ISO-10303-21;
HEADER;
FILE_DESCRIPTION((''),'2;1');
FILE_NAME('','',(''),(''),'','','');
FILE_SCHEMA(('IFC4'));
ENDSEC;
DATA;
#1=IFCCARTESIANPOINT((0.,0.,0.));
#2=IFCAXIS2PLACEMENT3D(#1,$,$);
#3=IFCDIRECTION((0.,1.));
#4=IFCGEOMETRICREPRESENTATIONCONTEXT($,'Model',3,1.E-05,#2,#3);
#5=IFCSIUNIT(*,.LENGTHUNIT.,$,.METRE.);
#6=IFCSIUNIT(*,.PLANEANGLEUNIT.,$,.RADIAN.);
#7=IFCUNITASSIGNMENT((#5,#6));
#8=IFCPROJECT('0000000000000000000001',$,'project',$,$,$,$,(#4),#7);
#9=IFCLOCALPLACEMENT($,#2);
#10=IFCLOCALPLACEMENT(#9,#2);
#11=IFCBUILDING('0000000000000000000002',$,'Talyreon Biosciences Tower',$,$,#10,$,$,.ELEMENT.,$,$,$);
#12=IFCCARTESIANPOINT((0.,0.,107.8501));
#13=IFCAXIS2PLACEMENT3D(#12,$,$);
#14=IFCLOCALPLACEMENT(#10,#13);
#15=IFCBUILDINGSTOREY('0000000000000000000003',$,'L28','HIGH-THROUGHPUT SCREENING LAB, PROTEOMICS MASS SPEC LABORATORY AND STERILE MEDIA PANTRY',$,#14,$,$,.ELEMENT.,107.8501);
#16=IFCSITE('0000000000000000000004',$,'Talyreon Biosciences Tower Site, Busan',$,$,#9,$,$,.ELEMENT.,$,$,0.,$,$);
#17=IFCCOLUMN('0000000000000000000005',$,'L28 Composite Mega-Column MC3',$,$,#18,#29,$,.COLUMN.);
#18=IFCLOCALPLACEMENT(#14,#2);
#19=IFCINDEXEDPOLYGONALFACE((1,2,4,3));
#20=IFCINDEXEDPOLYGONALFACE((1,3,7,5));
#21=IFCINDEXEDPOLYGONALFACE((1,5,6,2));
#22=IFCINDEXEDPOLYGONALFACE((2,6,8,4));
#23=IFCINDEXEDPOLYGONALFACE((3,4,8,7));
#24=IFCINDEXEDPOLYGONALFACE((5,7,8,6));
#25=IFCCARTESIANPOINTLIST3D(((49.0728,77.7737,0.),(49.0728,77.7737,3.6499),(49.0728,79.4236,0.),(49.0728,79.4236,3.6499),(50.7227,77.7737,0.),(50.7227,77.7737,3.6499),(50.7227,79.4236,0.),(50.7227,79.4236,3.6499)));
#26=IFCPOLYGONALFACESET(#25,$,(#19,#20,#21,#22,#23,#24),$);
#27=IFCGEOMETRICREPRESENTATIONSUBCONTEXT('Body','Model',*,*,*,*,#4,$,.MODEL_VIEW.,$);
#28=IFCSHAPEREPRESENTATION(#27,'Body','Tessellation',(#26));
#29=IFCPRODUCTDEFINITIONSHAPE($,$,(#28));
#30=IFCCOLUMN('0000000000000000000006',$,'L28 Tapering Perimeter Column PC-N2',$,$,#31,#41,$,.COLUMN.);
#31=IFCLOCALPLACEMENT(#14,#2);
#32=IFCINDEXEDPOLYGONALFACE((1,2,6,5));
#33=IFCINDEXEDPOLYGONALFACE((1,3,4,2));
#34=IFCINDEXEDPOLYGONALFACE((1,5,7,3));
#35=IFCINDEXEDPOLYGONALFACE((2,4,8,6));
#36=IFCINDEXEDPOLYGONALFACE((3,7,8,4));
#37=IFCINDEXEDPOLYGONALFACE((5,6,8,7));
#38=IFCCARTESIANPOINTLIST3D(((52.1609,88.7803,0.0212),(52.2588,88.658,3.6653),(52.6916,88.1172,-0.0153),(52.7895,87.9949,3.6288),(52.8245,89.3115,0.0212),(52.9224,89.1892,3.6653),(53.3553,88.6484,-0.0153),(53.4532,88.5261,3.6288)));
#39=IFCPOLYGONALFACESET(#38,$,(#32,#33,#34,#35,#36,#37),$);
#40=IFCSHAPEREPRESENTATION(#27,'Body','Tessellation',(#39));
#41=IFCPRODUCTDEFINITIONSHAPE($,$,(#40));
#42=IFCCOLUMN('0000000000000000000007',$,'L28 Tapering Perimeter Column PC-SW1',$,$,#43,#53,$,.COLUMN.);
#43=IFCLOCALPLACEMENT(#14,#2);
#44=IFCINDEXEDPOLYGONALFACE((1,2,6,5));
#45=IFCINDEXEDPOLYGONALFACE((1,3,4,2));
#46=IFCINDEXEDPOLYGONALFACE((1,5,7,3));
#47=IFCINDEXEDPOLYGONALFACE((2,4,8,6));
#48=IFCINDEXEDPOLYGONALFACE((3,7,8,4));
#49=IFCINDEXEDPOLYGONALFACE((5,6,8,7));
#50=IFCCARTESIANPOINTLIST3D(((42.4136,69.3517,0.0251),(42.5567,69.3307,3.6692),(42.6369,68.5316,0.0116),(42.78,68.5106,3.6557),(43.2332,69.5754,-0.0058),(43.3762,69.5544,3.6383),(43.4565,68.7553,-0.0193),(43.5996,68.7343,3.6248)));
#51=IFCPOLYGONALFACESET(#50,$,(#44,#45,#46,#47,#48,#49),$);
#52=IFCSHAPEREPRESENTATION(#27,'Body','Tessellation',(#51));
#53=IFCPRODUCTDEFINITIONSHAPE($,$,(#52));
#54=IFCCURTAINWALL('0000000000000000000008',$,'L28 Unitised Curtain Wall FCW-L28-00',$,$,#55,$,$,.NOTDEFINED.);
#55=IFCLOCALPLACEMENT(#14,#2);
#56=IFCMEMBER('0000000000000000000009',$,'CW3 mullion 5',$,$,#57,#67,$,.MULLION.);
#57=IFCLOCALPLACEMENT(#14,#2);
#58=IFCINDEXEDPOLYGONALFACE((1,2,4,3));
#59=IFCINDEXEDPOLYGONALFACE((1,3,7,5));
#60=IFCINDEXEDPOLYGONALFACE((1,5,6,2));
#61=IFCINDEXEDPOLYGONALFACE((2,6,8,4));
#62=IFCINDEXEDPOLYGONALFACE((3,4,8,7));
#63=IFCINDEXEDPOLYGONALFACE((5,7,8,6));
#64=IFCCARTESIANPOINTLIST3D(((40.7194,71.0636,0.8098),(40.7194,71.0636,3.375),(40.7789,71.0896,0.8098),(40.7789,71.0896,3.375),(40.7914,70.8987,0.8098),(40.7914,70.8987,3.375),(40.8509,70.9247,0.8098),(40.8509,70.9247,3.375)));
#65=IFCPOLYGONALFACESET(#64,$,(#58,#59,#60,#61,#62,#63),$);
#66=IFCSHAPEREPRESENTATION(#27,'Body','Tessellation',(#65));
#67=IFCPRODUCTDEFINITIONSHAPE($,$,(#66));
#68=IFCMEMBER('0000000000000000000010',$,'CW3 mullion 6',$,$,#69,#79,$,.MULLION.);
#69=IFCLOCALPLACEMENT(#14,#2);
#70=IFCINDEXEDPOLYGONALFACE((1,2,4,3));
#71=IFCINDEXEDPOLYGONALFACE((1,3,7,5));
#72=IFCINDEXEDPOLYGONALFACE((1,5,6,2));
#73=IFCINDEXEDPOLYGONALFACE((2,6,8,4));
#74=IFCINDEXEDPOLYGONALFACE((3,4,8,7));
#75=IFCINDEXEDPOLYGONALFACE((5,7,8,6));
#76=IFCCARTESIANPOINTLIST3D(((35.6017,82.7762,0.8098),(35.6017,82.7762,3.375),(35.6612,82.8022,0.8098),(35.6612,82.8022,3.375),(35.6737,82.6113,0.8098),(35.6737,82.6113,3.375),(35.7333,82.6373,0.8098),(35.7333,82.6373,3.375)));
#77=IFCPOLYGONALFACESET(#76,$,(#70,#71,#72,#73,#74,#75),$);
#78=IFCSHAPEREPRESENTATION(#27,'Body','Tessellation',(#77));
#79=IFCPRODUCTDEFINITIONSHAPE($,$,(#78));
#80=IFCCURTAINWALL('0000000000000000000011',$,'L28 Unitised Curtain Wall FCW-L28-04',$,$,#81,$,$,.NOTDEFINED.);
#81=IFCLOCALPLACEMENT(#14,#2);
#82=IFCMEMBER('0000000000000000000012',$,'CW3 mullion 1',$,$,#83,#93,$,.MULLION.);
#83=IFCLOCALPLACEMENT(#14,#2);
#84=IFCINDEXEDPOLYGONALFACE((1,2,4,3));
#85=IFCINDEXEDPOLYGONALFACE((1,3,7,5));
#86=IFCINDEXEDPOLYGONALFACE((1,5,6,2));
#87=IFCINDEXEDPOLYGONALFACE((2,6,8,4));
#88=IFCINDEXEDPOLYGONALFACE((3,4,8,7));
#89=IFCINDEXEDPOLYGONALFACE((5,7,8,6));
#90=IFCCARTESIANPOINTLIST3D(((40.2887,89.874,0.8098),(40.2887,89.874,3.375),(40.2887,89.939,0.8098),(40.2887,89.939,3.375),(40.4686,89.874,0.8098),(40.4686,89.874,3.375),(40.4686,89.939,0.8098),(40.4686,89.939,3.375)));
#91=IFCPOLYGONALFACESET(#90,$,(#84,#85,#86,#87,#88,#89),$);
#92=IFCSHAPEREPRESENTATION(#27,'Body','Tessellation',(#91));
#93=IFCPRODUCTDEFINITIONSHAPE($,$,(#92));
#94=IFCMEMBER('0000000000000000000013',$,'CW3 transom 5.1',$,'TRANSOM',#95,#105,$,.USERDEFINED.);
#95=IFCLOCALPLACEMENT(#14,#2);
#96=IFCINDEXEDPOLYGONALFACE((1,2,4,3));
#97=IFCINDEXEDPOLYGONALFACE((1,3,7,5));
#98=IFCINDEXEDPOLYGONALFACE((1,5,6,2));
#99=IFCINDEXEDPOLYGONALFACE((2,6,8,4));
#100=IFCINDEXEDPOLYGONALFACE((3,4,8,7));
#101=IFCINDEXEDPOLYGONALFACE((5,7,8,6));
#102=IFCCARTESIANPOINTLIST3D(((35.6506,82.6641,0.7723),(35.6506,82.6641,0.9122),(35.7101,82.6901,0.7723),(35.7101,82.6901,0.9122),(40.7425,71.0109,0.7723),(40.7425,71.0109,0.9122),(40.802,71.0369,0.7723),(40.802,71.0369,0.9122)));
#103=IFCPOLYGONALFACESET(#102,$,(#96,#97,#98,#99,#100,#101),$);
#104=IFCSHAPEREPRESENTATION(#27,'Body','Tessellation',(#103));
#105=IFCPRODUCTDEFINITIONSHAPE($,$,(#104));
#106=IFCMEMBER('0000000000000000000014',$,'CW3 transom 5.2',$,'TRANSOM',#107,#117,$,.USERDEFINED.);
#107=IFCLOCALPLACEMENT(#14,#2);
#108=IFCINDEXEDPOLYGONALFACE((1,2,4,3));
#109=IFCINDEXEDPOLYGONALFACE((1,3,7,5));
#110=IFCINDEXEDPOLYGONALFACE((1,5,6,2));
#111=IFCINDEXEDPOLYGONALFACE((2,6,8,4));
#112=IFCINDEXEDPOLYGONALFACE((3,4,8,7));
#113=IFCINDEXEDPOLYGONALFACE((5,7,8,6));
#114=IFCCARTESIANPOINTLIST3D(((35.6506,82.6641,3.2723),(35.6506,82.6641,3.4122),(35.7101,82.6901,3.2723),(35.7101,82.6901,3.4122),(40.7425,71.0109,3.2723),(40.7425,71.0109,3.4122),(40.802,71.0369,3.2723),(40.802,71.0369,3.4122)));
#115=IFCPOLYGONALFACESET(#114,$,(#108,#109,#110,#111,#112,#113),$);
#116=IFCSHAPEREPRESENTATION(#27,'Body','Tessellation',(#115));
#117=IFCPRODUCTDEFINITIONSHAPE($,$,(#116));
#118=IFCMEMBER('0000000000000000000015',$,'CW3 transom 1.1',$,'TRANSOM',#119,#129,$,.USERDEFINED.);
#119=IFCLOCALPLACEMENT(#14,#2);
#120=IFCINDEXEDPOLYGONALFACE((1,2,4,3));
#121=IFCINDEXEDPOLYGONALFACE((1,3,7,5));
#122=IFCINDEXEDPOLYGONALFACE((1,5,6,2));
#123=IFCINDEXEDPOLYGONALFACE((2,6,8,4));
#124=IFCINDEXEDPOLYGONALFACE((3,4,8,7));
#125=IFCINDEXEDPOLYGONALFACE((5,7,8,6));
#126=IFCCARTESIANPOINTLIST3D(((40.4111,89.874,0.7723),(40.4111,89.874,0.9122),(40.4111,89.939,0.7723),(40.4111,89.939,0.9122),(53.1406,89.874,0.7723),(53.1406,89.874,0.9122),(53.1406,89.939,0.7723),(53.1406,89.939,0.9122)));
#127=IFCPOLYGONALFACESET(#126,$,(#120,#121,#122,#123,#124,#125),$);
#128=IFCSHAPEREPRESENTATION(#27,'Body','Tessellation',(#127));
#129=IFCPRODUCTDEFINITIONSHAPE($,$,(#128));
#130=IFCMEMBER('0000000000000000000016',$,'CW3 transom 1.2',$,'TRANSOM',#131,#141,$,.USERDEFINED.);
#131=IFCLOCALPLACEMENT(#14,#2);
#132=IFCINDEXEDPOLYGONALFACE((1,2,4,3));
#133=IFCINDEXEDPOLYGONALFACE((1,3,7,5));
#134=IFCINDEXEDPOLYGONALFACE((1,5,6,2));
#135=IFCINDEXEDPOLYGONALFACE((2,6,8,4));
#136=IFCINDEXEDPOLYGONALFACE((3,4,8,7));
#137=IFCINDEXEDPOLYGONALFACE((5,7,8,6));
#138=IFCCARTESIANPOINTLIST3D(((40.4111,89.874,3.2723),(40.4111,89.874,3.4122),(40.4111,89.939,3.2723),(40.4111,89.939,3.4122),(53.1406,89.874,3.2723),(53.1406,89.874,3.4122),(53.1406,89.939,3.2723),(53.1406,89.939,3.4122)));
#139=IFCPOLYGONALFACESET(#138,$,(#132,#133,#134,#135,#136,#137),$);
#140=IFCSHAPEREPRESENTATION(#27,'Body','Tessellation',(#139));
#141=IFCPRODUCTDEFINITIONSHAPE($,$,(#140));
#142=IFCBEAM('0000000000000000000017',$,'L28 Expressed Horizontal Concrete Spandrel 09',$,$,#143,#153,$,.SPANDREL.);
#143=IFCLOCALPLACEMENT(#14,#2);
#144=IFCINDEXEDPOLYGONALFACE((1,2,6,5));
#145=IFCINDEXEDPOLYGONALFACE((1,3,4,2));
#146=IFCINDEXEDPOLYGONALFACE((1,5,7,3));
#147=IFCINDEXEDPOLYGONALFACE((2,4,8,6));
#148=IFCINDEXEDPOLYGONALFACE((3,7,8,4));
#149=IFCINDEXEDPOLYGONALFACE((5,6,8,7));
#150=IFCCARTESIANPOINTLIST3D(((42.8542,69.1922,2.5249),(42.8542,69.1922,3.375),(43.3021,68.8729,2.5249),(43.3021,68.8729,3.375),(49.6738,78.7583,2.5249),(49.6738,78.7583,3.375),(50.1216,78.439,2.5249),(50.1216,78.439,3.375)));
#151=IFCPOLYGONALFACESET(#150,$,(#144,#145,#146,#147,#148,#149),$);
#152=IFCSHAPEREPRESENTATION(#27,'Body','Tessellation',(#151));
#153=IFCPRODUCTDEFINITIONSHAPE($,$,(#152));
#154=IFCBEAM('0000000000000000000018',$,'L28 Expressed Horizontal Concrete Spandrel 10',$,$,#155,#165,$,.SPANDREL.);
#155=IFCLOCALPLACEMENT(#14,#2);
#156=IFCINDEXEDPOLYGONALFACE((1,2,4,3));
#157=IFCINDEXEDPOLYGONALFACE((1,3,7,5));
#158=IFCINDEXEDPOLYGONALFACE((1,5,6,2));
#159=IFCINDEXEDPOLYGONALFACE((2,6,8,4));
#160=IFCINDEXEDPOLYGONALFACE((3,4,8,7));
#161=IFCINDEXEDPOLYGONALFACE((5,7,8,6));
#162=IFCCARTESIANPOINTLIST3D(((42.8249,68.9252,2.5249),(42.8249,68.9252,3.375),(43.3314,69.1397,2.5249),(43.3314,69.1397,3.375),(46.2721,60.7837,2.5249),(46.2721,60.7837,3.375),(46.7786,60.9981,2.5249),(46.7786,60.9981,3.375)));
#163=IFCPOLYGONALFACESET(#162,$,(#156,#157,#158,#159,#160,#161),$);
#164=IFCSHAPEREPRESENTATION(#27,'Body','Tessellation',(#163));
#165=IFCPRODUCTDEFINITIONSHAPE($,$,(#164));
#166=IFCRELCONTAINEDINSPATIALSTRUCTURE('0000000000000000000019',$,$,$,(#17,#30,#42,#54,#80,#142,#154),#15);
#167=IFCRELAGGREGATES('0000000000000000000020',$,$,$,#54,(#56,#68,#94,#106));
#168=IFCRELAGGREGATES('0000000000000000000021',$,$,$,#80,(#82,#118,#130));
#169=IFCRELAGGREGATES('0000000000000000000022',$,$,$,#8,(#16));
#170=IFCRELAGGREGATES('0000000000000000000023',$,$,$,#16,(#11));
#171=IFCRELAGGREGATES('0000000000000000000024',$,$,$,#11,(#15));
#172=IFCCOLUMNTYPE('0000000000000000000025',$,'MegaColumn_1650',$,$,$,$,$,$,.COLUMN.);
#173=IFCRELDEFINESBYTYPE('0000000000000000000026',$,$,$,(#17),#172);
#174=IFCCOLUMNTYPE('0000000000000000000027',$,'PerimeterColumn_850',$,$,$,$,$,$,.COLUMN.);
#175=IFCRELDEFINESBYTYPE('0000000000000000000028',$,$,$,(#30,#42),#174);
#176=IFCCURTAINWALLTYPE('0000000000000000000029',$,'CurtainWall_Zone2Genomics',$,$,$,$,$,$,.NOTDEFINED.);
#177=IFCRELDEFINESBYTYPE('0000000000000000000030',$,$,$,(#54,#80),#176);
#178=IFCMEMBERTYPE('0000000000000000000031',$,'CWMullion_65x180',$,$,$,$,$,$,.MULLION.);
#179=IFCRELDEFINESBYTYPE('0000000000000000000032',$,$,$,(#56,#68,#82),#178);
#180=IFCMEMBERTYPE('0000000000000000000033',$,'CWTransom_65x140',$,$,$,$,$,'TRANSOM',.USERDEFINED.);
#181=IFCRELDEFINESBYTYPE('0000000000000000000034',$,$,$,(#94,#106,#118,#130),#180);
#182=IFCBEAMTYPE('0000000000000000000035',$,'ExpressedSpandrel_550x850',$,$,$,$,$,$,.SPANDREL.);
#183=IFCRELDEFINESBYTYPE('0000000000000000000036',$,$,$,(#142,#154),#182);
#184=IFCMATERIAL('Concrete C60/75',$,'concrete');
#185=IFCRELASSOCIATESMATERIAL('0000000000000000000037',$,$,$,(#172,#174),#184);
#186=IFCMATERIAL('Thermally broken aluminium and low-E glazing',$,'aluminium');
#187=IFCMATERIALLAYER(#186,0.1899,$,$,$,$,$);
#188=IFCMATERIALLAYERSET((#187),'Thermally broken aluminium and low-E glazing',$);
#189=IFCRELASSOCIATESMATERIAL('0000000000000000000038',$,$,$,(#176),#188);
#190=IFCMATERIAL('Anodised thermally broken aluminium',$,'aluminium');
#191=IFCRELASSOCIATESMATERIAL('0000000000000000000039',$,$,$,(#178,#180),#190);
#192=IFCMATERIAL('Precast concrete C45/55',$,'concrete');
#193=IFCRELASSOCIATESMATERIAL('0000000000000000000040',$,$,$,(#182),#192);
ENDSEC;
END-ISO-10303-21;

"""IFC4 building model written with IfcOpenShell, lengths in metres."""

from ifc_helpers import new_model, si_unit, direction, frame, origin, origin_2d, place, context, subcontext, project, spatial, rectangle, extrude, material, layer, layer_set, material_profile, profile_set, type_object, element, aggregate, save


model = new_model("IFC4")

# Units and contexts
model_context = context("Model", 3, precision=1e-05, world=origin(), true_north=direction((0.0, 1.0)))
body_context = subcontext(model_context, "Body", "Model", "MODEL_VIEW")
ifc_project = project(units=[si_unit("LENGTHUNIT", "METRE"), si_unit("PLANEANGLEUNIT", "RADIAN")], contexts=[model_context])

# Site, building, storey
site_placement = place(None, origin())
site = spatial("IfcSite", under=ifc_project, at=site_placement, Name="Talyreon Biosciences Tower Site, Busan", CompositionType="ELEMENT", RefElevation=0.0)
building_placement = place(site_placement, origin())
building = spatial("IfcBuilding", under=site, at=building_placement, Name="Talyreon Biosciences Tower", CompositionType="ELEMENT")
storey_placement = place(building_placement, frame((0.0, 0.0, 107.8501)))
storey = spatial("IfcBuildingStorey", under=building, at=storey_placement, Name="L28", Description="HIGH-THROUGHPUT SCREENING LAB, PROTEOMICS MASS SPEC LABORATORY AND STERILE MEDIA PANTRY", CompositionType="ELEMENT", Elevation=107.8501)

# Columns
ifc_material_1 = material(Name="Concrete C60/75", Category="concrete")
ifc_material_profile_1 = material_profile(ifc_material_1, rectangle(XDim=1.6499, YDim=1.6499, at=origin_2d()), Name="RC 1650x1650")
ifc_profile_set_1 = profile_set([ifc_material_profile_1], Name="Concrete C60/75")
column_type_1 = type_object("IfcColumnType", Name="MegaColumn_1650", PredefinedType="COLUMN", material=ifc_profile_set_1)
column_1_placement = place(storey_placement, frame((49.8977, 78.5986, 0.0), z_axis=(0.0, 0.0, 1.0), x_axis=(1.0, 0.0, 0.0)))
element("IfcColumn", 1, at=column_1_placement, inside=storey, type_object=column_type_1, Name="L28 Composite Mega-Column MC3", PredefinedType="COLUMN", context=body_context, shape_type="SweptSolid", body=[
    extrude(rectangle(XDim=1.6499, YDim=1.6499, at=origin_2d()), origin(), (0.0, 0.0, 1.0), 3.6499),
])
ifc_material_profile_2 = material_profile(ifc_material_1, rectangle(XDim=0.8501, YDim=0.8501, at=origin_2d()), Name="RC 850x850")
ifc_profile_set_2 = profile_set([ifc_material_profile_2], Name="Concrete C60/75")
column_type_2 = type_object("IfcColumnType", Name="PerimeterColumn_850", PredefinedType="COLUMN", material=ifc_profile_set_2)
column_2_placement = place(storey_placement, frame((52.7581, 88.7144, 0.0029), z_axis=(0.026841, -0.033535, 0.999077), x_axis=(-0.780717, -0.624885, 0.0)))
element("IfcColumn", 2, at=column_2_placement, inside=storey, type_object=column_type_2, Name="L28 Tapering Perimeter Column PC-N2", PredefinedType="COLUMN", context=body_context, shape_type="SweptSolid", body=[
    extrude(rectangle(XDim=0.8501, YDim=0.8501, at=origin_2d()), origin(), (0.0, 0.0, 1.0), 3.6475),
])
column_3_placement = place(storey_placement, frame((42.9351, 69.0535, 0.0029), z_axis=(0.039229, -0.005757, 0.999214), x_axis=(0.964074, 0.263136, -0.036334)))
element("IfcColumn", 3, at=column_3_placement, inside=storey, type_object=column_type_2, Name="L28 Tapering Perimeter Column PC-SW1", PredefinedType="COLUMN", context=body_context, shape_type="SweptSolid", body=[
    extrude(rectangle(XDim=0.8501, YDim=0.8501, at=origin_2d()), origin(), (0.0, 0.0, 1.0), 3.647),
])

# Curtain wall, members
ifc_material_2 = material(Name="Thermally broken aluminium and low-E glazing", Category="aluminium")
ifc_layer_1 = layer(ifc_material_2, 0.1899)
ifc_layer_set_1 = layer_set([ifc_layer_1], Name="Thermally broken aluminium and low-E glazing")
curtain_wall_type = type_object("IfcCurtainWallType", Name="CurtainWall_Zone2Genomics", PredefinedType="NOTDEFINED", material=ifc_layer_set_1)
curtain_wall_1_placement = place(storey_placement, origin())
curtain_wall_1 = element("IfcCurtainWall", 4, at=curtain_wall_1_placement, inside=storey, type_object=curtain_wall_type, Name="L28 Unitised Curtain Wall FCW-L28-00", PredefinedType="NOTDEFINED")
ifc_material_3 = material(Name="Anodised thermally broken aluminium", Category="aluminium")
ifc_material_profile_3 = material_profile(ifc_material_3, rectangle(XDim=0.0649, YDim=0.1799, at=origin_2d()), Name="ALUM MULLION 65x180")
ifc_profile_set_3 = profile_set([ifc_material_profile_3], Name="Anodised thermally broken aluminium")
member_type_1 = type_object("IfcMemberType", Name="CWMullion_65x180", PredefinedType="MULLION", material=ifc_profile_set_3)
member_1_placement = place(storey_placement, frame((40.7852, 70.9941, 0.8098), z_axis=(0.0, 0.0, 1.0), x_axis=(-0.916346, -0.400387, 0.0)))
member_1 = element("IfcMember", 5, at=member_1_placement, type_object=member_type_1, Name="CW3 mullion 5", PredefinedType="MULLION", context=body_context, shape_type="SweptSolid", body=[
    extrude(rectangle(XDim=0.0649, YDim=0.1799, at=origin_2d()), origin(), (0.0, 0.0, 1.0), 2.5652),
])
member_2_placement = place(storey_placement, frame((35.6675, 82.7068, 0.8098), z_axis=(0.0, 0.0, 1.0), x_axis=(-0.916346, -0.400387, 0.0)))
member_2 = element("IfcMember", 6, at=member_2_placement, type_object=member_type_1, Name="CW3 mullion 6", PredefinedType="MULLION", context=body_context, shape_type="SweptSolid", body=[
    extrude(rectangle(XDim=0.0649, YDim=0.1799, at=origin_2d()), origin(), (0.0, 0.0, 1.0), 2.5652),
])

# Curtain wall, member
curtain_wall_2_placement = place(storey_placement, origin())
curtain_wall_2 = element("IfcCurtainWall", 7, at=curtain_wall_2_placement, inside=storey, type_object=curtain_wall_type, Name="L28 Unitised Curtain Wall FCW-L28-04", PredefinedType="NOTDEFINED")
member_3_placement = place(storey_placement, frame((40.3787, 89.9065, 0.8098), z_axis=(0.0, 0.0, 1.0), x_axis=(0.0, 1.0, 0.0)))
member_3 = element("IfcMember", 8, at=member_3_placement, type_object=member_type_1, Name="CW3 mullion 1", PredefinedType="MULLION", context=body_context, shape_type="SweptSolid", body=[
    extrude(rectangle(XDim=0.0649, YDim=0.1799, at=origin_2d()), origin(), (0.0, 0.0, 1.0), 2.5652),
])

# Members
ifc_material_profile_4 = material_profile(ifc_material_3, rectangle(XDim=0.0649, YDim=0.1399, at=origin_2d()), Name="ALUM TRANSOM 65x140")
ifc_profile_set_4 = profile_set([ifc_material_profile_4], Name="Anodised thermally broken aluminium")
member_type_2 = type_object("IfcMemberType", Name="CWTransom_65x140", ElementType="TRANSOM", PredefinedType="USERDEFINED", material=ifc_profile_set_4)
member_4_placement = place(storey_placement, frame((40.7722, 71.0239, 0.8423), z_axis=(-0.400395, 0.916343, 0.0), x_axis=(-0.916343, -0.400395, 0.0)))
member_4 = element("IfcMember", 9, at=member_4_placement, type_object=member_type_2, Name="CW3 transom 5.1", ObjectType="TRANSOM", PredefinedType="USERDEFINED", context=body_context, shape_type="SweptSolid", body=[
    extrude(rectangle(XDim=0.0649, YDim=0.1399, at=origin_2d()), origin(), (0.0, 0.0, 1.0), 12.717),
])
member_5_placement = place(storey_placement, frame((40.7722, 71.0239, 3.3423), z_axis=(-0.400395, 0.916343, 0.0), x_axis=(-0.916343, -0.400395, 0.0)))
member_5 = element("IfcMember", 10, at=member_5_placement, type_object=member_type_2, Name="CW3 transom 5.2", ObjectType="TRANSOM", PredefinedType="USERDEFINED", context=body_context, shape_type="SweptSolid", body=[
    extrude(rectangle(XDim=0.0649, YDim=0.1399, at=origin_2d()), origin(), (0.0, 0.0, 1.0), 12.717),
])
member_6_placement = place(storey_placement, frame((40.4111, 89.9065, 0.8423), z_axis=(1.0, 0.0, 0.0), x_axis=(0.0, 1.0, 0.0)))
member_6 = element("IfcMember", 11, at=member_6_placement, type_object=member_type_2, Name="CW3 transom 1.1", ObjectType="TRANSOM", PredefinedType="USERDEFINED", context=body_context, shape_type="SweptSolid", body=[
    extrude(rectangle(XDim=0.0649, YDim=0.1399, at=origin_2d()), origin(), (0.0, 0.0, 1.0), 12.7295),
])
member_7_placement = place(storey_placement, frame((40.4111, 89.9065, 3.3423), z_axis=(1.0, 0.0, 0.0), x_axis=(0.0, 1.0, 0.0)))
member_7 = element("IfcMember", 12, at=member_7_placement, type_object=member_type_2, Name="CW3 transom 1.2", ObjectType="TRANSOM", PredefinedType="USERDEFINED", context=body_context, shape_type="SweptSolid", body=[
    extrude(rectangle(XDim=0.0649, YDim=0.1399, at=origin_2d()), origin(), (0.0, 0.0, 1.0), 12.7295),
])

# Beams
ifc_material_4 = material(Name="Precast concrete C45/55", Category="concrete")
ifc_material_profile_5 = material_profile(ifc_material_4, rectangle(XDim=0.55, YDim=0.8501, at=origin_2d()), Name="RCB 550x850")
ifc_profile_set_5 = profile_set([ifc_material_profile_5], Name="Precast concrete C45/55")
beam_type_1 = type_object("IfcBeamType", Name="ExpressedSpandrel_550x850", PredefinedType="SPANDREL", material=ifc_profile_set_5)
beam_1_placement = place(storey_placement, frame((49.8977, 78.5986, 2.95), z_axis=(-0.580483, -0.814272, 0.0), x_axis=(0.814272, -0.580483, 0.0)))
element("IfcBeam", 13, at=beam_1_placement, inside=storey, type_object=beam_type_1, Name="L28 Expressed Horizontal Concrete Spandrel 09", PredefinedType="SPANDREL", context=body_context, shape_type="SweptSolid", body=[
    extrude(rectangle(XDim=0.55, YDim=0.8501, at=origin_2d()), origin(), (0.0, 0.0, 1.0), 11.748),
])
beam_2_placement = place(storey_placement, frame((43.0781, 69.0325, 2.95), z_axis=(0.389903, -0.920856, 0.0), x_axis=(0.920856, 0.389903, 0.0)))
element("IfcBeam", 14, at=beam_2_placement, inside=storey, type_object=beam_type_1, Name="L28 Expressed Horizontal Concrete Spandrel 10", PredefinedType="SPANDREL", context=body_context, shape_type="SweptSolid", body=[
    extrude(rectangle(XDim=0.55, YDim=0.8501, at=origin_2d()), origin(), (0.0, 0.0, 1.0), 8.8413),
])

aggregate(curtain_wall_1, [member_1, member_2, member_4, member_5])
aggregate(curtain_wall_2, [member_3, member_6, member_7])

save(model, "model.ifc")
